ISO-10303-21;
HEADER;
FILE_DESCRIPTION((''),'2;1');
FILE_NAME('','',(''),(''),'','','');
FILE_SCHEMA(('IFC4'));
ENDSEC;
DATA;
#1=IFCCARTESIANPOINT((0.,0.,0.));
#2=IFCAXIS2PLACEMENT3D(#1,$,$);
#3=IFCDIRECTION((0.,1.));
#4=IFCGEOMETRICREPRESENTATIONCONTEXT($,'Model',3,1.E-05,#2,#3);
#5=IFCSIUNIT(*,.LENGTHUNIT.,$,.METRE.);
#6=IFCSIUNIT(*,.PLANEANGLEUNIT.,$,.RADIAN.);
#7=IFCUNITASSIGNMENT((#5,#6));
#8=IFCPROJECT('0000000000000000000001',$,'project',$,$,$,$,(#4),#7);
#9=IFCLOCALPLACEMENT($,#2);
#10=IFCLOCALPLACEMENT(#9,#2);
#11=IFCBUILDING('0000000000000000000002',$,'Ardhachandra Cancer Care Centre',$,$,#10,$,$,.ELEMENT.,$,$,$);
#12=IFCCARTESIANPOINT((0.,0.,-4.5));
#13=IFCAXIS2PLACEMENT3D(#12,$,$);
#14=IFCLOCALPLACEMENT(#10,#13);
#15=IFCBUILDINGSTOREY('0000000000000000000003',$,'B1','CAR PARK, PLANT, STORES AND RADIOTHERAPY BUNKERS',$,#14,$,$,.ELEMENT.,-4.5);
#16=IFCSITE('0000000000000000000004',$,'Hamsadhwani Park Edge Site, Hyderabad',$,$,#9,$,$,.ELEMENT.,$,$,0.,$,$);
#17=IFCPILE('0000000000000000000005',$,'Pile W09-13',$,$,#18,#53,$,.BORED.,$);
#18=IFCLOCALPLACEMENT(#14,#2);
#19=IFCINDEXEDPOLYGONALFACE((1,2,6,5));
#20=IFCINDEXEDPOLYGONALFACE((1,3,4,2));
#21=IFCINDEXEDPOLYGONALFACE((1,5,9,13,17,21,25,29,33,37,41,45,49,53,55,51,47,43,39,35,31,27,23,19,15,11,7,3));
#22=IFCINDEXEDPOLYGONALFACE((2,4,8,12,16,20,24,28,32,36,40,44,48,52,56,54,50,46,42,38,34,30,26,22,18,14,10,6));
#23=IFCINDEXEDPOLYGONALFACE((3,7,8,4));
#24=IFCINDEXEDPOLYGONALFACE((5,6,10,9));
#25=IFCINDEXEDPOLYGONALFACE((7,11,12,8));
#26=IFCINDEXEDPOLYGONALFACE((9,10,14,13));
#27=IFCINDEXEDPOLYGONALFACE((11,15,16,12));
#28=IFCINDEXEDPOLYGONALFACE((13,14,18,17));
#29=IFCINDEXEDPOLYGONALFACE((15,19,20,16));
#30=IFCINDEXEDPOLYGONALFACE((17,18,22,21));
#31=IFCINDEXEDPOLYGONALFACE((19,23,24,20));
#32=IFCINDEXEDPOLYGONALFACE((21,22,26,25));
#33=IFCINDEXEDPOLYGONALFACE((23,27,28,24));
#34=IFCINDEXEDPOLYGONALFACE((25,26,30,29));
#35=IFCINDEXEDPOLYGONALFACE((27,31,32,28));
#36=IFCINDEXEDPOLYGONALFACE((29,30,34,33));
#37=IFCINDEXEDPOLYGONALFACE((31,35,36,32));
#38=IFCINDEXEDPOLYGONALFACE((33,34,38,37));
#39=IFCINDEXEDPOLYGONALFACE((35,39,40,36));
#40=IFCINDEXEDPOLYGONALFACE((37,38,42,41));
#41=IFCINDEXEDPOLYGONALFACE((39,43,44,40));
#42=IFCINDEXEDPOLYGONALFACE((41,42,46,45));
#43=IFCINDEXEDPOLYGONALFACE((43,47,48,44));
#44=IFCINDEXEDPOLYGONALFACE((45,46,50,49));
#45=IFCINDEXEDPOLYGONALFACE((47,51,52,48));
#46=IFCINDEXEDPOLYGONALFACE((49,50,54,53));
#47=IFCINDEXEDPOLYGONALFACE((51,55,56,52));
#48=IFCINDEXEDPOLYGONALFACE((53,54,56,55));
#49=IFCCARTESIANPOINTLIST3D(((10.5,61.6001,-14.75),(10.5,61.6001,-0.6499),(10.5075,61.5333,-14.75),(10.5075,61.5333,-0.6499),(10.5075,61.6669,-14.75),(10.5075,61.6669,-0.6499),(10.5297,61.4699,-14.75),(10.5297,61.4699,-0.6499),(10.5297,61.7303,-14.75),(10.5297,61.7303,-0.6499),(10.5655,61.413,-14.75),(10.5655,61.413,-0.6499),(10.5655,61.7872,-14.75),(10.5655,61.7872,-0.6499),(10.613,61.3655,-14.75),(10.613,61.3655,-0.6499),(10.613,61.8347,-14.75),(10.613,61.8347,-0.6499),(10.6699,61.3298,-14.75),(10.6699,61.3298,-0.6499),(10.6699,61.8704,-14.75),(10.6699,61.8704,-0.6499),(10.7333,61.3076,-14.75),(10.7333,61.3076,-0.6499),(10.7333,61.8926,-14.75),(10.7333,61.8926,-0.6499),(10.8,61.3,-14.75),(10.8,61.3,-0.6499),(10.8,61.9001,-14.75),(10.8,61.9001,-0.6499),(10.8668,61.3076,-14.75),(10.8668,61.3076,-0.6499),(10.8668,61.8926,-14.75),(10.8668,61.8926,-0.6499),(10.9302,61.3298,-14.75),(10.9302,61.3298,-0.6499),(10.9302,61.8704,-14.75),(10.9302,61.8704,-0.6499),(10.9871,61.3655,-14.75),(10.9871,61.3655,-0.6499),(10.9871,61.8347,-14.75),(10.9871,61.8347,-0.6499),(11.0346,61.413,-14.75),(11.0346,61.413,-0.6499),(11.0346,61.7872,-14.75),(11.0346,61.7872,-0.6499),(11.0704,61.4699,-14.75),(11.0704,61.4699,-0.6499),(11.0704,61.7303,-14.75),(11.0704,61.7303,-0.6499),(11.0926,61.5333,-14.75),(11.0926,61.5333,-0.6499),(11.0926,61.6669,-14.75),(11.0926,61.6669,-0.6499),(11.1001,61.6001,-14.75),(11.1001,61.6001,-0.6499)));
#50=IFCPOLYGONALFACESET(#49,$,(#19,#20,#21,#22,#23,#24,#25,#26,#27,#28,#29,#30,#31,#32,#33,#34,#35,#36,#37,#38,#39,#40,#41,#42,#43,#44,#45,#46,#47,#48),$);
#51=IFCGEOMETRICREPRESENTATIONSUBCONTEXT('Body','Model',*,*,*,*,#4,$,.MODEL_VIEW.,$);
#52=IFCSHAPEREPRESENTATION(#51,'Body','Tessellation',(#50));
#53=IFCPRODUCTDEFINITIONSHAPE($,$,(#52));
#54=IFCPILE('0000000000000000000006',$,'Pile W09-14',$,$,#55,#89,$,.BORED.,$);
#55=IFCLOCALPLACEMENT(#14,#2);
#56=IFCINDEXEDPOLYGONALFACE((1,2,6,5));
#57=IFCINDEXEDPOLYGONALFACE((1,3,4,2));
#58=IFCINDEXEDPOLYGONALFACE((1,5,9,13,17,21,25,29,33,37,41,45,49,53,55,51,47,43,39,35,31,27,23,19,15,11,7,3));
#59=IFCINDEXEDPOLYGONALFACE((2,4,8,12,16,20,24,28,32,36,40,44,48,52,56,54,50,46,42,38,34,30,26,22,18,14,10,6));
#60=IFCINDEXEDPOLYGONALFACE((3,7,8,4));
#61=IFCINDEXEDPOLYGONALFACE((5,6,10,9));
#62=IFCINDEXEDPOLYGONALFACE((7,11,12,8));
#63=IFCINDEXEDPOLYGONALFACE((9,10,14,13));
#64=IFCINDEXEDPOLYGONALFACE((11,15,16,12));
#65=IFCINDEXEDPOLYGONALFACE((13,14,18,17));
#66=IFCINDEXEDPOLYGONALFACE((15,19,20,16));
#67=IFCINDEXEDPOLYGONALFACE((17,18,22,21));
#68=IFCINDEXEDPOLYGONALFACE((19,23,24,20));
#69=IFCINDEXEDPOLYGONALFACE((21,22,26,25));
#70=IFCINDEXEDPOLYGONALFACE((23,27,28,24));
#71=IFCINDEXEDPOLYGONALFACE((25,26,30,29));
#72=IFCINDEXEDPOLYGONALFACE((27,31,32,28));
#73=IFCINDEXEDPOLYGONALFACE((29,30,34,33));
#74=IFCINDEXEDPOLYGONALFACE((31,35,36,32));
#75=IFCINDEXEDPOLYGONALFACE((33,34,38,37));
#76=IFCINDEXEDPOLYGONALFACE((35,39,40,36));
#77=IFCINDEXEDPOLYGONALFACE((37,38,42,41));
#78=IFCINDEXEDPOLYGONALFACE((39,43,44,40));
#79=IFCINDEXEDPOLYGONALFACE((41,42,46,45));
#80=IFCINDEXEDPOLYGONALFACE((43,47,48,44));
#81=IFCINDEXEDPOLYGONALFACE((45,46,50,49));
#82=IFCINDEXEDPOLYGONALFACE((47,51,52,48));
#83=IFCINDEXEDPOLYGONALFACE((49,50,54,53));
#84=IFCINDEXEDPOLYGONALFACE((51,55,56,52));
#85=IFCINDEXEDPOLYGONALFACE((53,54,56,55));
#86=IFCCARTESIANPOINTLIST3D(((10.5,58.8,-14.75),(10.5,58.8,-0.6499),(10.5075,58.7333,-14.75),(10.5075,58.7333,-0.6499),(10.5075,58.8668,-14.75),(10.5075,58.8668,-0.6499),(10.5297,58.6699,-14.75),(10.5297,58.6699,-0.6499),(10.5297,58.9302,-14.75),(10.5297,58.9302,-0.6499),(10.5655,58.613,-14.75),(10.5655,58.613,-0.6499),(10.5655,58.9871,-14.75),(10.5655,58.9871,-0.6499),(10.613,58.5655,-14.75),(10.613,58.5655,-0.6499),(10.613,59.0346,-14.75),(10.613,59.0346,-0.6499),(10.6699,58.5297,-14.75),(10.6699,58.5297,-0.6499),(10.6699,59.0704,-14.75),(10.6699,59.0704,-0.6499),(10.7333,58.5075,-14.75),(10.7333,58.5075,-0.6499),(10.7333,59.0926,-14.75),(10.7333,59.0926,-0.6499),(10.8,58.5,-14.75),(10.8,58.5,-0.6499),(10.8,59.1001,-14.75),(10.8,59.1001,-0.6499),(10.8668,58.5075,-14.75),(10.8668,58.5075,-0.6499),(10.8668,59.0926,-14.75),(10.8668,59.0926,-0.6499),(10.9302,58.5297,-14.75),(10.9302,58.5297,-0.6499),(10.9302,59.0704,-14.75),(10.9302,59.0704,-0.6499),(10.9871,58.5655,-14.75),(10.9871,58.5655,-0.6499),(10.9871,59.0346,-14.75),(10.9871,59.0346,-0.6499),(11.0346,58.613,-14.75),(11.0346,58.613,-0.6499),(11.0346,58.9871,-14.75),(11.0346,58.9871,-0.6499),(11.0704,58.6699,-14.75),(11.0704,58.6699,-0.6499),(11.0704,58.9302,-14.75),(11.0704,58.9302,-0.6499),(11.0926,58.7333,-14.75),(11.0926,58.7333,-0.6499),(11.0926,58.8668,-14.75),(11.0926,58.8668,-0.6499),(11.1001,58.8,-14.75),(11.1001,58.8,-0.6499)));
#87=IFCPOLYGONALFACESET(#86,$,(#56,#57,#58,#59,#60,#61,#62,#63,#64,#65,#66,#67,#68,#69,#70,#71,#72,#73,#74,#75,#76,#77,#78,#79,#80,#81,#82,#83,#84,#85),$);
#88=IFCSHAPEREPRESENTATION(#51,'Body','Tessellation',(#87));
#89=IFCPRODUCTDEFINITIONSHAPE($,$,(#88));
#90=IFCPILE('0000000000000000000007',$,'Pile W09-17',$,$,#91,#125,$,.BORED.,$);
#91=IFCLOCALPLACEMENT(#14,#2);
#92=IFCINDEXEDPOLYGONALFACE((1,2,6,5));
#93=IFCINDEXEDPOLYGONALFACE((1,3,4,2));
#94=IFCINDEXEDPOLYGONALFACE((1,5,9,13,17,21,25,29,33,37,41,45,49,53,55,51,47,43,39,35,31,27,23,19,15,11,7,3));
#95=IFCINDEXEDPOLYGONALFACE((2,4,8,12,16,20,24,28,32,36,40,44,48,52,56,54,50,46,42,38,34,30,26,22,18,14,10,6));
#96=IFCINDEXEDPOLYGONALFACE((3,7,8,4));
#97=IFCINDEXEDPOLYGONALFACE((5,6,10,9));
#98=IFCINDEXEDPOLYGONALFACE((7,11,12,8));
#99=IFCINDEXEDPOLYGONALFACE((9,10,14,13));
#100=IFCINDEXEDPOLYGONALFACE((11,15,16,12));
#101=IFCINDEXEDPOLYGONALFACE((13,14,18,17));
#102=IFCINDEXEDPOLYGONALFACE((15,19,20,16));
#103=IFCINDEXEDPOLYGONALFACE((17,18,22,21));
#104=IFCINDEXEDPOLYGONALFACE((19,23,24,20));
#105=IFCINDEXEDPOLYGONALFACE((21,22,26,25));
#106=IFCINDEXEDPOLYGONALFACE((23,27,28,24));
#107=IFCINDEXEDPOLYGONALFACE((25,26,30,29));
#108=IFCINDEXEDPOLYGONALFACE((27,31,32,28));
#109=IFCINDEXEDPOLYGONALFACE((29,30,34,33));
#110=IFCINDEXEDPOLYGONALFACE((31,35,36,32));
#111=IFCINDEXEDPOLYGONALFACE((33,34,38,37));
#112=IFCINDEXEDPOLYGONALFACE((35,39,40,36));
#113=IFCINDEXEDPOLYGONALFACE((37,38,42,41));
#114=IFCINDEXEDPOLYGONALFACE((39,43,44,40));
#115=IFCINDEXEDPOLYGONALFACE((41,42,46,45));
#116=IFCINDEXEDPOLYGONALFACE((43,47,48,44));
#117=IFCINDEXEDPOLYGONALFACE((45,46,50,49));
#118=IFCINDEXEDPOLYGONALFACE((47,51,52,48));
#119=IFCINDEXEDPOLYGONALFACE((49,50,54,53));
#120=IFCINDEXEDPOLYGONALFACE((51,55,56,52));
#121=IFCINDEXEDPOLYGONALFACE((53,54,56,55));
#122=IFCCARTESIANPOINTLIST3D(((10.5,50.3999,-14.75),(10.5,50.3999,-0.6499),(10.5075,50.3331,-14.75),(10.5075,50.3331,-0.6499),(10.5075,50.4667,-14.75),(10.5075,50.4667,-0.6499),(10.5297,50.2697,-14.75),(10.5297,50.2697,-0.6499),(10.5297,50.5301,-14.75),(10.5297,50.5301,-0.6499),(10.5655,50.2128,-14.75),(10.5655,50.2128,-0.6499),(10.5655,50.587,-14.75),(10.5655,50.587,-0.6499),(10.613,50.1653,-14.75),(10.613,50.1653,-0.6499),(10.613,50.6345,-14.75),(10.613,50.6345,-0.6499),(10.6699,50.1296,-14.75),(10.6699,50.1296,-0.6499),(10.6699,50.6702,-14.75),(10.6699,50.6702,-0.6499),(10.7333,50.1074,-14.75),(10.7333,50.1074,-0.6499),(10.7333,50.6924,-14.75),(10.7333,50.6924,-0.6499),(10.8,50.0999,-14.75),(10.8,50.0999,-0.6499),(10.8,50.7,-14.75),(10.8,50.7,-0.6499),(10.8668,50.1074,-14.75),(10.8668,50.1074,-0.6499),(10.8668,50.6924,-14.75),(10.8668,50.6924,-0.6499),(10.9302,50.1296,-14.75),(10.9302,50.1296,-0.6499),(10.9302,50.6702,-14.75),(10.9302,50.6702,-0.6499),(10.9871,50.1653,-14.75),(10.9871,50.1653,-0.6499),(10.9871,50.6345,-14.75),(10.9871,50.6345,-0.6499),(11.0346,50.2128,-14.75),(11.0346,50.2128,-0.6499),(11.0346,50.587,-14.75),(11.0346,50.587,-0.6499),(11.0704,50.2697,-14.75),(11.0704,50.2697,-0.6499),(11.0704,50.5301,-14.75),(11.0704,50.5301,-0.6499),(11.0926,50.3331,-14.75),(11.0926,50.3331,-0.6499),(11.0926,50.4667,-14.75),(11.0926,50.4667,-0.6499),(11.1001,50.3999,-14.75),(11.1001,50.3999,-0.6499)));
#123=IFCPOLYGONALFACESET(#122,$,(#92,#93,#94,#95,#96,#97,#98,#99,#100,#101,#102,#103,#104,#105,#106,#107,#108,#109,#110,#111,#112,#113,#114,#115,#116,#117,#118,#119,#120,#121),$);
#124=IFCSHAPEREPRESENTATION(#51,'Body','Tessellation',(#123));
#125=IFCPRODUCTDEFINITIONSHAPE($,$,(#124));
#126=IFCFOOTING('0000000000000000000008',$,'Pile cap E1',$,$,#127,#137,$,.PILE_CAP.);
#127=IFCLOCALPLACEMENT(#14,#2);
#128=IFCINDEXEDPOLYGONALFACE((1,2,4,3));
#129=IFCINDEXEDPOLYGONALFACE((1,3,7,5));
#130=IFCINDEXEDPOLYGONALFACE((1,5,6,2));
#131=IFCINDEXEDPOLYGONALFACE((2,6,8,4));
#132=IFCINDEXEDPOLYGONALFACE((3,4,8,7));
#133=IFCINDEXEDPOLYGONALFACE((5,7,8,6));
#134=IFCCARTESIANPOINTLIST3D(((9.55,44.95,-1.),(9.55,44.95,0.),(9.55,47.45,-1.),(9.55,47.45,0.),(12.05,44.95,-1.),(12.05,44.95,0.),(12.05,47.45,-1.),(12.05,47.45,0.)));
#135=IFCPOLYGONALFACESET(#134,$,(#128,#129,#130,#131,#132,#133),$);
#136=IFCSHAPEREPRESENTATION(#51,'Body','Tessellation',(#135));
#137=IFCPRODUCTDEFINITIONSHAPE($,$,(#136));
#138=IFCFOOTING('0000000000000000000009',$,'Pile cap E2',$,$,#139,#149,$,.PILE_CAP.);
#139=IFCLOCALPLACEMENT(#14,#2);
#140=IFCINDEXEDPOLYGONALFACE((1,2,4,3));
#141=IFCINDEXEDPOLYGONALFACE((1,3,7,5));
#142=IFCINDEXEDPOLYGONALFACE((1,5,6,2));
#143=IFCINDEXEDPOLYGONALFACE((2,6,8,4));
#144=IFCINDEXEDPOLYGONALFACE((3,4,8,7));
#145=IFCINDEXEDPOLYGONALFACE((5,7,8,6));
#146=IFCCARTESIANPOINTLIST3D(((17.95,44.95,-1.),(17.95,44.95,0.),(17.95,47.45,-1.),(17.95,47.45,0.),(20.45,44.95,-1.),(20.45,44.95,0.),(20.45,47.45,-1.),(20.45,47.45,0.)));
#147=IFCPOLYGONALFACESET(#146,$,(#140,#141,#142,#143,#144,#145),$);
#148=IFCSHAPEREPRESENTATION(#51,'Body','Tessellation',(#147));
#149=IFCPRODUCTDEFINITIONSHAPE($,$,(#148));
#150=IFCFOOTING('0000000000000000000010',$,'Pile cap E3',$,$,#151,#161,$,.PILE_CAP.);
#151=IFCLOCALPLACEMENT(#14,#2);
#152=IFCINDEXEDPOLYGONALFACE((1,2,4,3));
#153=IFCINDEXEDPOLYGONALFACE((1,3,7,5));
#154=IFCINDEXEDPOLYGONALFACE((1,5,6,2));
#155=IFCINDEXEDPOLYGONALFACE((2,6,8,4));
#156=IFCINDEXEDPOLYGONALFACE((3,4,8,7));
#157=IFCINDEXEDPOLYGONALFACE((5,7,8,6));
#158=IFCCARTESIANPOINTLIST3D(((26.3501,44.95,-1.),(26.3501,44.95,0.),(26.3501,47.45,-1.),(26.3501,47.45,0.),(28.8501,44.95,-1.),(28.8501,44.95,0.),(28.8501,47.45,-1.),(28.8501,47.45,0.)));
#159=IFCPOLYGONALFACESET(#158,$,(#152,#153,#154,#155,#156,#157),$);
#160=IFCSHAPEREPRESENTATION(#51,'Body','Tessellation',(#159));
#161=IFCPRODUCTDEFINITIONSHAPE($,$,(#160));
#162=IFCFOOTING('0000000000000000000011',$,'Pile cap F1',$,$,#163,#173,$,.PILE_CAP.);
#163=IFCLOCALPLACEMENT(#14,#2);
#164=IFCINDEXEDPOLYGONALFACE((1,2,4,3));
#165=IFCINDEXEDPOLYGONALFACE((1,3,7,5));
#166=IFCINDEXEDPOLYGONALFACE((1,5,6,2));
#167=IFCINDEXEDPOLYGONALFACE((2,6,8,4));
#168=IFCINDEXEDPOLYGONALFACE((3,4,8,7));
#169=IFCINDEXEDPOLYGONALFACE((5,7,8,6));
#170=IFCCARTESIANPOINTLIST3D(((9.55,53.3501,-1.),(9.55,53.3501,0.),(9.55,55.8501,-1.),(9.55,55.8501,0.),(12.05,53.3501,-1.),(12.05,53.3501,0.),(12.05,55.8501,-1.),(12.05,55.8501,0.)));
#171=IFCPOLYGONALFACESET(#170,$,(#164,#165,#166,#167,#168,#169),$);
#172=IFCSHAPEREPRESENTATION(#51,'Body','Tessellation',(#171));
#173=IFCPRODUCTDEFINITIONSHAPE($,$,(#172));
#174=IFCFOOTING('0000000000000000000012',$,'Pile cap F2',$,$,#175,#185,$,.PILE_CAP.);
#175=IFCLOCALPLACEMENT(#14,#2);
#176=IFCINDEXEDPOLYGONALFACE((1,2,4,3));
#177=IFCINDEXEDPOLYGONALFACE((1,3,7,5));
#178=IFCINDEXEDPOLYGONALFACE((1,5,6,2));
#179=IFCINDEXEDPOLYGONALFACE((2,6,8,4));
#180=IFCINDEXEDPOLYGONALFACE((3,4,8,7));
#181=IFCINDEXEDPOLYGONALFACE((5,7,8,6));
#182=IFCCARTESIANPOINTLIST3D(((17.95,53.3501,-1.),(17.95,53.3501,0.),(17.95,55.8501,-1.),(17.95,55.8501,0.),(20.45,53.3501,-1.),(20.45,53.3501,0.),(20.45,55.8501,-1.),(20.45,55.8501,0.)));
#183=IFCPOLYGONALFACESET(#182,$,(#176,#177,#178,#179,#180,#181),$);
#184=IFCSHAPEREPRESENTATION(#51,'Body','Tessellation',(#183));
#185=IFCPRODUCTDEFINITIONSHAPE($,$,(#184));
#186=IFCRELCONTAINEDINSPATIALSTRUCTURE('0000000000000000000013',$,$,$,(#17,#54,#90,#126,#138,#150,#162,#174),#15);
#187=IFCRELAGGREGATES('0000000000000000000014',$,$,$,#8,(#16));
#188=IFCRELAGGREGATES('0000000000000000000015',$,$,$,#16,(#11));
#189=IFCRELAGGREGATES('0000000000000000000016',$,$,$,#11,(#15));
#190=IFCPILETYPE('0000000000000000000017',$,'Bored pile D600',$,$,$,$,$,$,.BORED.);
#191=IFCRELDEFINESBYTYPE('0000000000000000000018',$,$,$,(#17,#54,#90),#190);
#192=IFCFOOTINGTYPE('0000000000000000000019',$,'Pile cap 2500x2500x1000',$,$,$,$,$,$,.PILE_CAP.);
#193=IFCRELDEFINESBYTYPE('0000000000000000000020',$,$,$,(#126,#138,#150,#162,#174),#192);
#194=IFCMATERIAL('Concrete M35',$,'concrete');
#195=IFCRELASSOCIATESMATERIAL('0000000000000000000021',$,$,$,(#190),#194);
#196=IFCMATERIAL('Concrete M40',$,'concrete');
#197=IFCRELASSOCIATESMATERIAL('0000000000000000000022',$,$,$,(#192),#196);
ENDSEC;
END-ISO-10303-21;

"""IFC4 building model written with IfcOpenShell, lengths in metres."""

from ifc_helpers import new_model, si_unit, direction, frame, origin, origin_2d, place, context, subcontext, project, spatial, rectangle, circle, extrude, material, material_profile, profile_set, type_object, element, save


model = new_model("IFC4")

# Units and contexts
model_context = context("Model", 3, precision=1e-05, world=origin(), true_north=direction((0.0, 1.0)))
body_context = subcontext(model_context, "Body", "Model", "MODEL_VIEW")
ifc_project = project(units=[si_unit("LENGTHUNIT", "METRE"), si_unit("PLANEANGLEUNIT", "RADIAN")], contexts=[model_context])

# Site, building, storey
site_placement = place(None, origin())
site = spatial("IfcSite", under=ifc_project, at=site_placement, Name="Hamsadhwani Park Edge Site, Hyderabad", CompositionType="ELEMENT", RefElevation=0.0)
building_placement = place(site_placement, origin())
building = spatial("IfcBuilding", under=site, at=building_placement, Name="Ardhachandra Cancer Care Centre", CompositionType="ELEMENT")
storey_placement = place(building_placement, frame((0.0, 0.0, -4.5)))
storey = spatial("IfcBuildingStorey", under=building, at=storey_placement, Name="B1", Description="CAR PARK, PLANT, STORES AND RADIOTHERAPY BUNKERS", CompositionType="ELEMENT", Elevation=-4.5)

# Piles
ifc_material_1 = material(Name="Concrete M35", Category="concrete")
ifc_material_profile_1 = material_profile(ifc_material_1, circle(Radius=0.3, at=origin_2d()), Name="D600")
ifc_profile_set_1 = profile_set([ifc_material_profile_1], Name="Concrete M35")
pile_type = type_object("IfcPileType", Name="Bored pile D600", PredefinedType="BORED", material=ifc_profile_set_1)
for number, where, z_axis, x_axis, name in (
    (1, (10.8, 61.6001, -0.6499), (0.0, 0.0, -1.0), (1.0, 0.0, 0.0), "Pile W09-13"),
    (2, (10.8, 58.8, -0.6499), (0.0, 0.0, -1.0), (1.0, 0.0, 0.0), "Pile W09-14"),
    (3, (10.8, 50.3999, -0.6499), (0.0, 0.0, -1.0), (1.0, 0.0, 0.0), "Pile W09-17"),
):
    element("IfcPile", number, at=place(storey_placement, frame(where, z_axis=z_axis, x_axis=x_axis)), inside=storey, type_object=pile_type, Name=name, PredefinedType="BORED", context=body_context, shape_type="SweptSolid", body=[
        extrude(circle(Radius=0.3, at=origin_2d()), origin(), (0.0, 0.0, 1.0), 14.1001),
    ])

# Footings
ifc_material_2 = material(Name="Concrete M40", Category="concrete")
footing_type = type_object("IfcFootingType", Name="Pile cap 2500x2500x1000", PredefinedType="PILE_CAP", material=ifc_material_2)
for number, where, z_axis, x_axis, name in (
    (4, (10.8, 46.2, -1.0), (0.0, 0.0, 1.0), (1.0, 0.0, 0.0), "Pile cap E1"),
    (5, (19.2, 46.2, -1.0), (0.0, 0.0, 1.0), (1.0, 0.0, 0.0), "Pile cap E2"),
    (6, (27.6001, 46.2, -1.0), (0.0, 0.0, 1.0), (1.0, 0.0, 0.0), "Pile cap E3"),
    (7, (10.8, 54.6001, -1.0), (0.0, 0.0, 1.0), (1.0, 0.0, 0.0), "Pile cap F1"),
    (8, (19.2, 54.6001, -1.0), (0.0, 0.0, 1.0), (1.0, 0.0, 0.0), "Pile cap F2"),
):
    element("IfcFooting", number, at=place(storey_placement, frame(where, z_axis=z_axis, x_axis=x_axis)), inside=storey, type_object=footing_type, Name=name, PredefinedType="PILE_CAP", context=body_context, shape_type="SweptSolid", body=[
        extrude(rectangle(XDim=2.5, YDim=2.5, at=origin_2d()), origin(), (0.0, 0.0, 1.0), 1.0),
    ])

save(model, "model.ifc")
